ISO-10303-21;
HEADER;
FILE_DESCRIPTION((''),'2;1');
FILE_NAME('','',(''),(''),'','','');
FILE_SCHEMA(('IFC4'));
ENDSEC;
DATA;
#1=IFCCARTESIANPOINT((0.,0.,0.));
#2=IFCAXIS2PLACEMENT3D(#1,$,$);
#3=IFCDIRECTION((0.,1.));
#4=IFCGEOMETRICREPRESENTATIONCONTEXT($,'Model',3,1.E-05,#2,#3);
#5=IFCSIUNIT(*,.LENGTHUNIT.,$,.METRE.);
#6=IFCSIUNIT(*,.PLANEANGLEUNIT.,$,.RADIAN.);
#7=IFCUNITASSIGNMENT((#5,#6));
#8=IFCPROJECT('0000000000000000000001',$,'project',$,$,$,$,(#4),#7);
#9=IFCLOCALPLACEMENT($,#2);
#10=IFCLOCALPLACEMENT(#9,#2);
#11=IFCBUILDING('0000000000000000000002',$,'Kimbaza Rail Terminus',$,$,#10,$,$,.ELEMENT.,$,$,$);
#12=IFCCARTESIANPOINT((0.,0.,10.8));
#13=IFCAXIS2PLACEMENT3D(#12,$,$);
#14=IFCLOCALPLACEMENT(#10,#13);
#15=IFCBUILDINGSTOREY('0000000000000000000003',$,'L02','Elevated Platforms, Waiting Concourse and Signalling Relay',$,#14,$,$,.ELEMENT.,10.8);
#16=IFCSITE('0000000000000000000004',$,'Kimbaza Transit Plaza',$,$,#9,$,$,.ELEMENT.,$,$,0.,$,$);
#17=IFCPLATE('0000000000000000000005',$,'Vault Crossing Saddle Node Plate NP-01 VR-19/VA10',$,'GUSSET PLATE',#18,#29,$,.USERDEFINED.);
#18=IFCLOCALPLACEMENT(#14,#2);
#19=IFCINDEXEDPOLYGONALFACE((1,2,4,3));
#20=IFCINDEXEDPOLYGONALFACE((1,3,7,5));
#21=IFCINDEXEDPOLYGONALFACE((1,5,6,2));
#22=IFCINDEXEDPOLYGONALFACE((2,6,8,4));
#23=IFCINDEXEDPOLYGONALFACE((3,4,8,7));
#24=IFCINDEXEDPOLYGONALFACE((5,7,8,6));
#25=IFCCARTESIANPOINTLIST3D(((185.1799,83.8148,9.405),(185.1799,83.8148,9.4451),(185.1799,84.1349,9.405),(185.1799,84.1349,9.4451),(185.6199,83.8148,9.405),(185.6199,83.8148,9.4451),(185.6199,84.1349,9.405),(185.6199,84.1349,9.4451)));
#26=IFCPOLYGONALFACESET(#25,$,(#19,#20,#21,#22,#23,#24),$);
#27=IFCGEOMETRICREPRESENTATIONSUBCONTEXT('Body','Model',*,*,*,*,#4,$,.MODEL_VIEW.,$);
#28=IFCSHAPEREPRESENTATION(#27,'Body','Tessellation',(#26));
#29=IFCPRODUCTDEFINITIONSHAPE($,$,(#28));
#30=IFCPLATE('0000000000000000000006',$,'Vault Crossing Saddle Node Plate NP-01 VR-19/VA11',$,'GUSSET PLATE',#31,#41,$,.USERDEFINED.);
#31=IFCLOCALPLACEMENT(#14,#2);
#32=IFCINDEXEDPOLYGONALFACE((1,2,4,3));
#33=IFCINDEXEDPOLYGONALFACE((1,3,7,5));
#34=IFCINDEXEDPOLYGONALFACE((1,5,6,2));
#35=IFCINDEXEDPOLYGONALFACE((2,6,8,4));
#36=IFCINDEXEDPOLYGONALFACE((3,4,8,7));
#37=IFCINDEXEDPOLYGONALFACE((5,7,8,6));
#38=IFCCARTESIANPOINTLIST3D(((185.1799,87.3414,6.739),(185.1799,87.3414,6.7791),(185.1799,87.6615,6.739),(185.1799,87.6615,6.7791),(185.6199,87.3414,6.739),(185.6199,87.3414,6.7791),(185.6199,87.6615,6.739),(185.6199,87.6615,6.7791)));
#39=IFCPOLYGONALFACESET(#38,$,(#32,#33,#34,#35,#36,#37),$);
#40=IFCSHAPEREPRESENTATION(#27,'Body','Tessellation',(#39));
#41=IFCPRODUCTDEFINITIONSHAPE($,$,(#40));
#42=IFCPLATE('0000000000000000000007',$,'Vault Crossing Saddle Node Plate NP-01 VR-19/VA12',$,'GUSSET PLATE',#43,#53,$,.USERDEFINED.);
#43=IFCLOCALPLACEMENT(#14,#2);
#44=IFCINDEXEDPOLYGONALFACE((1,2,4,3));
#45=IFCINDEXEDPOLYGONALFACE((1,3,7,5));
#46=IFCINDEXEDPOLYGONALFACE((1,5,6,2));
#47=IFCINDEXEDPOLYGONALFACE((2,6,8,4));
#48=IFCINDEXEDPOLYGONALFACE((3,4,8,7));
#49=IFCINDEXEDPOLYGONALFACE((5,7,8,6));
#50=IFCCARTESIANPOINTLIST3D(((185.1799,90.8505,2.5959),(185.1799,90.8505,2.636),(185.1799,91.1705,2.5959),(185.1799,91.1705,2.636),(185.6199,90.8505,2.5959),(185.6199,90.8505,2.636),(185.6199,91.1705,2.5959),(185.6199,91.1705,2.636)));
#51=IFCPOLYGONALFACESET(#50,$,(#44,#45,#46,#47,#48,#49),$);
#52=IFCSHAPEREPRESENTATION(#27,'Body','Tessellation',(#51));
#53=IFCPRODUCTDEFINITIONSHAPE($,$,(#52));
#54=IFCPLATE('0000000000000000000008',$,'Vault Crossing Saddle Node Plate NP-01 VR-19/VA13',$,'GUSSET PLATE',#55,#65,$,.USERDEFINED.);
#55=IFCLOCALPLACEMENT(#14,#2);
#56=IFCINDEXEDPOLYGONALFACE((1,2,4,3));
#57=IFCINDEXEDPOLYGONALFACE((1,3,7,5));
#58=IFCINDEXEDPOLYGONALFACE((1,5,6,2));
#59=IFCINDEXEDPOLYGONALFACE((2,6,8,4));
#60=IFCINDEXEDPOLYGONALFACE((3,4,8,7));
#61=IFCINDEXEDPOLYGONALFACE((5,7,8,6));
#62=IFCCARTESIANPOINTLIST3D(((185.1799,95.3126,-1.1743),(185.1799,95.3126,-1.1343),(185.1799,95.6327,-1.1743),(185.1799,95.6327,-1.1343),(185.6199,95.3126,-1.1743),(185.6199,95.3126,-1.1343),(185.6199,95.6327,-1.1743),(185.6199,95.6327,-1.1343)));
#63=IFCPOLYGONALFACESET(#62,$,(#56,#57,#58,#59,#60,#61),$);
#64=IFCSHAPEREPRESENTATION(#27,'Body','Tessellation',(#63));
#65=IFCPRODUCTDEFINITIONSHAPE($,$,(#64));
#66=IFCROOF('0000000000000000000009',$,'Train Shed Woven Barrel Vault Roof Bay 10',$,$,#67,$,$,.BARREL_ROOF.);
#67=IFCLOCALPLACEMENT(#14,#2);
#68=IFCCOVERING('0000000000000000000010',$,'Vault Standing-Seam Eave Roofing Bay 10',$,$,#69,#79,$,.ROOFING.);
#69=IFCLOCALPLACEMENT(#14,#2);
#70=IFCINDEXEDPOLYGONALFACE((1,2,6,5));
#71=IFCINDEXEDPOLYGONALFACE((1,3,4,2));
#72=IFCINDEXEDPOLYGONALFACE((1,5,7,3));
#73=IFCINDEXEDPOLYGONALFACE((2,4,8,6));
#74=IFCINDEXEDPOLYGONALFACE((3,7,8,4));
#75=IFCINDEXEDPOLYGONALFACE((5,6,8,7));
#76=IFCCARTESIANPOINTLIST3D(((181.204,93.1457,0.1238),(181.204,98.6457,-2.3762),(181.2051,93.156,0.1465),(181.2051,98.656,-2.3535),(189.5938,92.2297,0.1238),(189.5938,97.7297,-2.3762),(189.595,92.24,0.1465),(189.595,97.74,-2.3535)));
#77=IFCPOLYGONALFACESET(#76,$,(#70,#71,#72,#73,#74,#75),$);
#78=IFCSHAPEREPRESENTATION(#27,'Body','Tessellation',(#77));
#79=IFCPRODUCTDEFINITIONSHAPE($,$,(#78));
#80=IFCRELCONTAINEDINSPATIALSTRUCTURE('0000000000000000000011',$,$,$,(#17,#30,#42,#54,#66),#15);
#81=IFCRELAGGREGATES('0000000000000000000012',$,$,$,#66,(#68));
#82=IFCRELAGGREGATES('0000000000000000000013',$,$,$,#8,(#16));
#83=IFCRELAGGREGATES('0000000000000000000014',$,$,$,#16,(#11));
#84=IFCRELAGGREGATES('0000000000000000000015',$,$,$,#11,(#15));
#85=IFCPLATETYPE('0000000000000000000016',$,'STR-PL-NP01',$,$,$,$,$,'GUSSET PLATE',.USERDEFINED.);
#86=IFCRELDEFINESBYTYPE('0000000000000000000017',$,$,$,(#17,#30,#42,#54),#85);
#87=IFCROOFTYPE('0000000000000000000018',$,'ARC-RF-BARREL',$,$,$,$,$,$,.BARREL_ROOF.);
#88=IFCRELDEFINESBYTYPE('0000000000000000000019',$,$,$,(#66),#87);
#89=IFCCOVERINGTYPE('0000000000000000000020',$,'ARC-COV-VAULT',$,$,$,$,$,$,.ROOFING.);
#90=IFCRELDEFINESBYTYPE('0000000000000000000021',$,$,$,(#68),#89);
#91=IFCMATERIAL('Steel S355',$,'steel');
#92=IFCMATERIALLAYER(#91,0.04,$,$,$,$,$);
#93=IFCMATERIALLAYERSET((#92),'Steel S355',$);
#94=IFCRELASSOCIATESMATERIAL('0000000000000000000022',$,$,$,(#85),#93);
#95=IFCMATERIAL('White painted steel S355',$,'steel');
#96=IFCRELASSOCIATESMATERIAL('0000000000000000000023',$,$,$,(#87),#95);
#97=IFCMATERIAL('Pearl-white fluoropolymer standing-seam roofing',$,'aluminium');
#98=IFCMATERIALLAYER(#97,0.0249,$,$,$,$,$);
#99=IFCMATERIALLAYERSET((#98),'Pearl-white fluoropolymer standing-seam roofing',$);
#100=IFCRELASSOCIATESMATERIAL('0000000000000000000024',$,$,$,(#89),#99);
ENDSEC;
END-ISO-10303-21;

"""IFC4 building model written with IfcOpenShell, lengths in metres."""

from ifc_helpers import new_model, si_unit, direction, frame, origin, origin_2d, place, context, subcontext, project, spatial, polyline, rectangle, outline, extrude, material, layer, layer_set, type_object, element, aggregate, save


model = new_model("IFC4")

# Units and contexts
model_context = context("Model", 3, precision=1e-05, world=origin(), true_north=direction((0.0, 1.0)))
body_context = subcontext(model_context, "Body", "Model", "MODEL_VIEW")
ifc_project = project(units=[si_unit("LENGTHUNIT", "METRE"), si_unit("PLANEANGLEUNIT", "RADIAN")], contexts=[model_context])

# Site, building, storey
site_placement = place(None, origin())
site = spatial("IfcSite", under=ifc_project, at=site_placement, Name="Kimbaza Transit Plaza", CompositionType="ELEMENT", RefElevation=0.0)
building_placement = place(site_placement, origin())
building = spatial("IfcBuilding", under=site, at=building_placement, Name="Kimbaza Rail Terminus", CompositionType="ELEMENT")
storey_placement = place(building_placement, frame((0.0, 0.0, 10.8)))
storey = spatial("IfcBuildingStorey", under=building, at=storey_placement, Name="L02", Description="Elevated Platforms, Waiting Concourse and Signalling Relay", CompositionType="ELEMENT", Elevation=10.8)

# Plates
ifc_material_1 = material(Name="Steel S355", Category="steel")
ifc_layer_1 = layer(ifc_material_1, 0.04)
ifc_layer_set_1 = layer_set([ifc_layer_1], Name="Steel S355")
plate_type_1 = type_object("IfcPlateType", Name="STR-PL-NP01", ElementType="GUSSET PLATE", PredefinedType="USERDEFINED", material=ifc_layer_set_1)
for number, where, z_axis, x_axis, name in (
    (1, (185.3999, 83.9749, 9.405), (0.0, 0.0, 1.0), (1.0, 0.0, 0.0), "Vault Crossing Saddle Node Plate NP-01 VR-19/VA10"),
    (2, (185.3999, 87.5015, 6.739), (0.0, 0.0, 1.0), (1.0, 0.0, 0.0), "Vault Crossing Saddle Node Plate NP-01 VR-19/VA11"),
    (3, (185.3999, 91.0105, 2.5959), (0.0, 0.0, 1.0), (1.0, 0.0, 0.0), "Vault Crossing Saddle Node Plate NP-01 VR-19/VA12"),
    (4, (185.3999, 95.4727, -1.1743), (0.0, 0.0, 1.0), (1.0, 0.0, 0.0), "Vault Crossing Saddle Node Plate NP-01 VR-19/VA13"),
):
    element("IfcPlate", number, at=place(storey_placement, frame(where, z_axis=z_axis, x_axis=x_axis)), inside=storey, type_object=plate_type_1, Name=name, ObjectType="GUSSET PLATE", PredefinedType="USERDEFINED", context=body_context, shape_type="SweptSolid", body=[
        extrude(rectangle(XDim=0.4399, YDim=0.3201, at=origin_2d()), origin(), (0.0, 0.0, 1.0), 0.04),
    ])

# Roof, covering
ifc_material_2 = material(Name="White painted steel S355", Category="steel")
roof_type = type_object("IfcRoofType", Name="ARC-RF-BARREL", PredefinedType="BARREL_ROOF", material=ifc_material_2)
roof_placement = place(storey_placement, origin())
roof = element("IfcRoof", 5, at=roof_placement, inside=storey, type_object=roof_type, Name="Train Shed Woven Barrel Vault Roof Bay 10", PredefinedType="BARREL_ROOF")
ifc_material_3 = material(Name="Pearl-white fluoropolymer standing-seam roofing", Category="aluminium")
ifc_layer_2 = layer(ifc_material_3, 0.0249)
ifc_layer_set_2 = layer_set([ifc_layer_2], Name="Pearl-white fluoropolymer standing-seam roofing")
covering_type = type_object("IfcCoveringType", Name="ARC-COV-VAULT", PredefinedType="ROOFING", material=ifc_layer_set_2)
covering_placement = place(storey_placement, frame((181.2051, 93.156, 0.1465), z_axis=(0.045133, 0.413381, 0.909439), x_axis=(0.994093, -0.108536, 0.0)))
covering = element("IfcCovering", 6, at=covering_placement, type_object=covering_type, Name="Vault Standing-Seam Eave Roofing Bay 10", PredefinedType="ROOFING", context=body_context, shape_type="SweptSolid", body=[
    extrude(outline(polyline([(0.0, 0.0), (8.4398, 0.0), (7.8428, 6.012), (-0.5969, 6.012), (0.0, 0.0)])), origin(), (0.0, 0.0, -1.0), 0.0249),
])
aggregate(roof, [covering])

save(model, "model.ifc")
